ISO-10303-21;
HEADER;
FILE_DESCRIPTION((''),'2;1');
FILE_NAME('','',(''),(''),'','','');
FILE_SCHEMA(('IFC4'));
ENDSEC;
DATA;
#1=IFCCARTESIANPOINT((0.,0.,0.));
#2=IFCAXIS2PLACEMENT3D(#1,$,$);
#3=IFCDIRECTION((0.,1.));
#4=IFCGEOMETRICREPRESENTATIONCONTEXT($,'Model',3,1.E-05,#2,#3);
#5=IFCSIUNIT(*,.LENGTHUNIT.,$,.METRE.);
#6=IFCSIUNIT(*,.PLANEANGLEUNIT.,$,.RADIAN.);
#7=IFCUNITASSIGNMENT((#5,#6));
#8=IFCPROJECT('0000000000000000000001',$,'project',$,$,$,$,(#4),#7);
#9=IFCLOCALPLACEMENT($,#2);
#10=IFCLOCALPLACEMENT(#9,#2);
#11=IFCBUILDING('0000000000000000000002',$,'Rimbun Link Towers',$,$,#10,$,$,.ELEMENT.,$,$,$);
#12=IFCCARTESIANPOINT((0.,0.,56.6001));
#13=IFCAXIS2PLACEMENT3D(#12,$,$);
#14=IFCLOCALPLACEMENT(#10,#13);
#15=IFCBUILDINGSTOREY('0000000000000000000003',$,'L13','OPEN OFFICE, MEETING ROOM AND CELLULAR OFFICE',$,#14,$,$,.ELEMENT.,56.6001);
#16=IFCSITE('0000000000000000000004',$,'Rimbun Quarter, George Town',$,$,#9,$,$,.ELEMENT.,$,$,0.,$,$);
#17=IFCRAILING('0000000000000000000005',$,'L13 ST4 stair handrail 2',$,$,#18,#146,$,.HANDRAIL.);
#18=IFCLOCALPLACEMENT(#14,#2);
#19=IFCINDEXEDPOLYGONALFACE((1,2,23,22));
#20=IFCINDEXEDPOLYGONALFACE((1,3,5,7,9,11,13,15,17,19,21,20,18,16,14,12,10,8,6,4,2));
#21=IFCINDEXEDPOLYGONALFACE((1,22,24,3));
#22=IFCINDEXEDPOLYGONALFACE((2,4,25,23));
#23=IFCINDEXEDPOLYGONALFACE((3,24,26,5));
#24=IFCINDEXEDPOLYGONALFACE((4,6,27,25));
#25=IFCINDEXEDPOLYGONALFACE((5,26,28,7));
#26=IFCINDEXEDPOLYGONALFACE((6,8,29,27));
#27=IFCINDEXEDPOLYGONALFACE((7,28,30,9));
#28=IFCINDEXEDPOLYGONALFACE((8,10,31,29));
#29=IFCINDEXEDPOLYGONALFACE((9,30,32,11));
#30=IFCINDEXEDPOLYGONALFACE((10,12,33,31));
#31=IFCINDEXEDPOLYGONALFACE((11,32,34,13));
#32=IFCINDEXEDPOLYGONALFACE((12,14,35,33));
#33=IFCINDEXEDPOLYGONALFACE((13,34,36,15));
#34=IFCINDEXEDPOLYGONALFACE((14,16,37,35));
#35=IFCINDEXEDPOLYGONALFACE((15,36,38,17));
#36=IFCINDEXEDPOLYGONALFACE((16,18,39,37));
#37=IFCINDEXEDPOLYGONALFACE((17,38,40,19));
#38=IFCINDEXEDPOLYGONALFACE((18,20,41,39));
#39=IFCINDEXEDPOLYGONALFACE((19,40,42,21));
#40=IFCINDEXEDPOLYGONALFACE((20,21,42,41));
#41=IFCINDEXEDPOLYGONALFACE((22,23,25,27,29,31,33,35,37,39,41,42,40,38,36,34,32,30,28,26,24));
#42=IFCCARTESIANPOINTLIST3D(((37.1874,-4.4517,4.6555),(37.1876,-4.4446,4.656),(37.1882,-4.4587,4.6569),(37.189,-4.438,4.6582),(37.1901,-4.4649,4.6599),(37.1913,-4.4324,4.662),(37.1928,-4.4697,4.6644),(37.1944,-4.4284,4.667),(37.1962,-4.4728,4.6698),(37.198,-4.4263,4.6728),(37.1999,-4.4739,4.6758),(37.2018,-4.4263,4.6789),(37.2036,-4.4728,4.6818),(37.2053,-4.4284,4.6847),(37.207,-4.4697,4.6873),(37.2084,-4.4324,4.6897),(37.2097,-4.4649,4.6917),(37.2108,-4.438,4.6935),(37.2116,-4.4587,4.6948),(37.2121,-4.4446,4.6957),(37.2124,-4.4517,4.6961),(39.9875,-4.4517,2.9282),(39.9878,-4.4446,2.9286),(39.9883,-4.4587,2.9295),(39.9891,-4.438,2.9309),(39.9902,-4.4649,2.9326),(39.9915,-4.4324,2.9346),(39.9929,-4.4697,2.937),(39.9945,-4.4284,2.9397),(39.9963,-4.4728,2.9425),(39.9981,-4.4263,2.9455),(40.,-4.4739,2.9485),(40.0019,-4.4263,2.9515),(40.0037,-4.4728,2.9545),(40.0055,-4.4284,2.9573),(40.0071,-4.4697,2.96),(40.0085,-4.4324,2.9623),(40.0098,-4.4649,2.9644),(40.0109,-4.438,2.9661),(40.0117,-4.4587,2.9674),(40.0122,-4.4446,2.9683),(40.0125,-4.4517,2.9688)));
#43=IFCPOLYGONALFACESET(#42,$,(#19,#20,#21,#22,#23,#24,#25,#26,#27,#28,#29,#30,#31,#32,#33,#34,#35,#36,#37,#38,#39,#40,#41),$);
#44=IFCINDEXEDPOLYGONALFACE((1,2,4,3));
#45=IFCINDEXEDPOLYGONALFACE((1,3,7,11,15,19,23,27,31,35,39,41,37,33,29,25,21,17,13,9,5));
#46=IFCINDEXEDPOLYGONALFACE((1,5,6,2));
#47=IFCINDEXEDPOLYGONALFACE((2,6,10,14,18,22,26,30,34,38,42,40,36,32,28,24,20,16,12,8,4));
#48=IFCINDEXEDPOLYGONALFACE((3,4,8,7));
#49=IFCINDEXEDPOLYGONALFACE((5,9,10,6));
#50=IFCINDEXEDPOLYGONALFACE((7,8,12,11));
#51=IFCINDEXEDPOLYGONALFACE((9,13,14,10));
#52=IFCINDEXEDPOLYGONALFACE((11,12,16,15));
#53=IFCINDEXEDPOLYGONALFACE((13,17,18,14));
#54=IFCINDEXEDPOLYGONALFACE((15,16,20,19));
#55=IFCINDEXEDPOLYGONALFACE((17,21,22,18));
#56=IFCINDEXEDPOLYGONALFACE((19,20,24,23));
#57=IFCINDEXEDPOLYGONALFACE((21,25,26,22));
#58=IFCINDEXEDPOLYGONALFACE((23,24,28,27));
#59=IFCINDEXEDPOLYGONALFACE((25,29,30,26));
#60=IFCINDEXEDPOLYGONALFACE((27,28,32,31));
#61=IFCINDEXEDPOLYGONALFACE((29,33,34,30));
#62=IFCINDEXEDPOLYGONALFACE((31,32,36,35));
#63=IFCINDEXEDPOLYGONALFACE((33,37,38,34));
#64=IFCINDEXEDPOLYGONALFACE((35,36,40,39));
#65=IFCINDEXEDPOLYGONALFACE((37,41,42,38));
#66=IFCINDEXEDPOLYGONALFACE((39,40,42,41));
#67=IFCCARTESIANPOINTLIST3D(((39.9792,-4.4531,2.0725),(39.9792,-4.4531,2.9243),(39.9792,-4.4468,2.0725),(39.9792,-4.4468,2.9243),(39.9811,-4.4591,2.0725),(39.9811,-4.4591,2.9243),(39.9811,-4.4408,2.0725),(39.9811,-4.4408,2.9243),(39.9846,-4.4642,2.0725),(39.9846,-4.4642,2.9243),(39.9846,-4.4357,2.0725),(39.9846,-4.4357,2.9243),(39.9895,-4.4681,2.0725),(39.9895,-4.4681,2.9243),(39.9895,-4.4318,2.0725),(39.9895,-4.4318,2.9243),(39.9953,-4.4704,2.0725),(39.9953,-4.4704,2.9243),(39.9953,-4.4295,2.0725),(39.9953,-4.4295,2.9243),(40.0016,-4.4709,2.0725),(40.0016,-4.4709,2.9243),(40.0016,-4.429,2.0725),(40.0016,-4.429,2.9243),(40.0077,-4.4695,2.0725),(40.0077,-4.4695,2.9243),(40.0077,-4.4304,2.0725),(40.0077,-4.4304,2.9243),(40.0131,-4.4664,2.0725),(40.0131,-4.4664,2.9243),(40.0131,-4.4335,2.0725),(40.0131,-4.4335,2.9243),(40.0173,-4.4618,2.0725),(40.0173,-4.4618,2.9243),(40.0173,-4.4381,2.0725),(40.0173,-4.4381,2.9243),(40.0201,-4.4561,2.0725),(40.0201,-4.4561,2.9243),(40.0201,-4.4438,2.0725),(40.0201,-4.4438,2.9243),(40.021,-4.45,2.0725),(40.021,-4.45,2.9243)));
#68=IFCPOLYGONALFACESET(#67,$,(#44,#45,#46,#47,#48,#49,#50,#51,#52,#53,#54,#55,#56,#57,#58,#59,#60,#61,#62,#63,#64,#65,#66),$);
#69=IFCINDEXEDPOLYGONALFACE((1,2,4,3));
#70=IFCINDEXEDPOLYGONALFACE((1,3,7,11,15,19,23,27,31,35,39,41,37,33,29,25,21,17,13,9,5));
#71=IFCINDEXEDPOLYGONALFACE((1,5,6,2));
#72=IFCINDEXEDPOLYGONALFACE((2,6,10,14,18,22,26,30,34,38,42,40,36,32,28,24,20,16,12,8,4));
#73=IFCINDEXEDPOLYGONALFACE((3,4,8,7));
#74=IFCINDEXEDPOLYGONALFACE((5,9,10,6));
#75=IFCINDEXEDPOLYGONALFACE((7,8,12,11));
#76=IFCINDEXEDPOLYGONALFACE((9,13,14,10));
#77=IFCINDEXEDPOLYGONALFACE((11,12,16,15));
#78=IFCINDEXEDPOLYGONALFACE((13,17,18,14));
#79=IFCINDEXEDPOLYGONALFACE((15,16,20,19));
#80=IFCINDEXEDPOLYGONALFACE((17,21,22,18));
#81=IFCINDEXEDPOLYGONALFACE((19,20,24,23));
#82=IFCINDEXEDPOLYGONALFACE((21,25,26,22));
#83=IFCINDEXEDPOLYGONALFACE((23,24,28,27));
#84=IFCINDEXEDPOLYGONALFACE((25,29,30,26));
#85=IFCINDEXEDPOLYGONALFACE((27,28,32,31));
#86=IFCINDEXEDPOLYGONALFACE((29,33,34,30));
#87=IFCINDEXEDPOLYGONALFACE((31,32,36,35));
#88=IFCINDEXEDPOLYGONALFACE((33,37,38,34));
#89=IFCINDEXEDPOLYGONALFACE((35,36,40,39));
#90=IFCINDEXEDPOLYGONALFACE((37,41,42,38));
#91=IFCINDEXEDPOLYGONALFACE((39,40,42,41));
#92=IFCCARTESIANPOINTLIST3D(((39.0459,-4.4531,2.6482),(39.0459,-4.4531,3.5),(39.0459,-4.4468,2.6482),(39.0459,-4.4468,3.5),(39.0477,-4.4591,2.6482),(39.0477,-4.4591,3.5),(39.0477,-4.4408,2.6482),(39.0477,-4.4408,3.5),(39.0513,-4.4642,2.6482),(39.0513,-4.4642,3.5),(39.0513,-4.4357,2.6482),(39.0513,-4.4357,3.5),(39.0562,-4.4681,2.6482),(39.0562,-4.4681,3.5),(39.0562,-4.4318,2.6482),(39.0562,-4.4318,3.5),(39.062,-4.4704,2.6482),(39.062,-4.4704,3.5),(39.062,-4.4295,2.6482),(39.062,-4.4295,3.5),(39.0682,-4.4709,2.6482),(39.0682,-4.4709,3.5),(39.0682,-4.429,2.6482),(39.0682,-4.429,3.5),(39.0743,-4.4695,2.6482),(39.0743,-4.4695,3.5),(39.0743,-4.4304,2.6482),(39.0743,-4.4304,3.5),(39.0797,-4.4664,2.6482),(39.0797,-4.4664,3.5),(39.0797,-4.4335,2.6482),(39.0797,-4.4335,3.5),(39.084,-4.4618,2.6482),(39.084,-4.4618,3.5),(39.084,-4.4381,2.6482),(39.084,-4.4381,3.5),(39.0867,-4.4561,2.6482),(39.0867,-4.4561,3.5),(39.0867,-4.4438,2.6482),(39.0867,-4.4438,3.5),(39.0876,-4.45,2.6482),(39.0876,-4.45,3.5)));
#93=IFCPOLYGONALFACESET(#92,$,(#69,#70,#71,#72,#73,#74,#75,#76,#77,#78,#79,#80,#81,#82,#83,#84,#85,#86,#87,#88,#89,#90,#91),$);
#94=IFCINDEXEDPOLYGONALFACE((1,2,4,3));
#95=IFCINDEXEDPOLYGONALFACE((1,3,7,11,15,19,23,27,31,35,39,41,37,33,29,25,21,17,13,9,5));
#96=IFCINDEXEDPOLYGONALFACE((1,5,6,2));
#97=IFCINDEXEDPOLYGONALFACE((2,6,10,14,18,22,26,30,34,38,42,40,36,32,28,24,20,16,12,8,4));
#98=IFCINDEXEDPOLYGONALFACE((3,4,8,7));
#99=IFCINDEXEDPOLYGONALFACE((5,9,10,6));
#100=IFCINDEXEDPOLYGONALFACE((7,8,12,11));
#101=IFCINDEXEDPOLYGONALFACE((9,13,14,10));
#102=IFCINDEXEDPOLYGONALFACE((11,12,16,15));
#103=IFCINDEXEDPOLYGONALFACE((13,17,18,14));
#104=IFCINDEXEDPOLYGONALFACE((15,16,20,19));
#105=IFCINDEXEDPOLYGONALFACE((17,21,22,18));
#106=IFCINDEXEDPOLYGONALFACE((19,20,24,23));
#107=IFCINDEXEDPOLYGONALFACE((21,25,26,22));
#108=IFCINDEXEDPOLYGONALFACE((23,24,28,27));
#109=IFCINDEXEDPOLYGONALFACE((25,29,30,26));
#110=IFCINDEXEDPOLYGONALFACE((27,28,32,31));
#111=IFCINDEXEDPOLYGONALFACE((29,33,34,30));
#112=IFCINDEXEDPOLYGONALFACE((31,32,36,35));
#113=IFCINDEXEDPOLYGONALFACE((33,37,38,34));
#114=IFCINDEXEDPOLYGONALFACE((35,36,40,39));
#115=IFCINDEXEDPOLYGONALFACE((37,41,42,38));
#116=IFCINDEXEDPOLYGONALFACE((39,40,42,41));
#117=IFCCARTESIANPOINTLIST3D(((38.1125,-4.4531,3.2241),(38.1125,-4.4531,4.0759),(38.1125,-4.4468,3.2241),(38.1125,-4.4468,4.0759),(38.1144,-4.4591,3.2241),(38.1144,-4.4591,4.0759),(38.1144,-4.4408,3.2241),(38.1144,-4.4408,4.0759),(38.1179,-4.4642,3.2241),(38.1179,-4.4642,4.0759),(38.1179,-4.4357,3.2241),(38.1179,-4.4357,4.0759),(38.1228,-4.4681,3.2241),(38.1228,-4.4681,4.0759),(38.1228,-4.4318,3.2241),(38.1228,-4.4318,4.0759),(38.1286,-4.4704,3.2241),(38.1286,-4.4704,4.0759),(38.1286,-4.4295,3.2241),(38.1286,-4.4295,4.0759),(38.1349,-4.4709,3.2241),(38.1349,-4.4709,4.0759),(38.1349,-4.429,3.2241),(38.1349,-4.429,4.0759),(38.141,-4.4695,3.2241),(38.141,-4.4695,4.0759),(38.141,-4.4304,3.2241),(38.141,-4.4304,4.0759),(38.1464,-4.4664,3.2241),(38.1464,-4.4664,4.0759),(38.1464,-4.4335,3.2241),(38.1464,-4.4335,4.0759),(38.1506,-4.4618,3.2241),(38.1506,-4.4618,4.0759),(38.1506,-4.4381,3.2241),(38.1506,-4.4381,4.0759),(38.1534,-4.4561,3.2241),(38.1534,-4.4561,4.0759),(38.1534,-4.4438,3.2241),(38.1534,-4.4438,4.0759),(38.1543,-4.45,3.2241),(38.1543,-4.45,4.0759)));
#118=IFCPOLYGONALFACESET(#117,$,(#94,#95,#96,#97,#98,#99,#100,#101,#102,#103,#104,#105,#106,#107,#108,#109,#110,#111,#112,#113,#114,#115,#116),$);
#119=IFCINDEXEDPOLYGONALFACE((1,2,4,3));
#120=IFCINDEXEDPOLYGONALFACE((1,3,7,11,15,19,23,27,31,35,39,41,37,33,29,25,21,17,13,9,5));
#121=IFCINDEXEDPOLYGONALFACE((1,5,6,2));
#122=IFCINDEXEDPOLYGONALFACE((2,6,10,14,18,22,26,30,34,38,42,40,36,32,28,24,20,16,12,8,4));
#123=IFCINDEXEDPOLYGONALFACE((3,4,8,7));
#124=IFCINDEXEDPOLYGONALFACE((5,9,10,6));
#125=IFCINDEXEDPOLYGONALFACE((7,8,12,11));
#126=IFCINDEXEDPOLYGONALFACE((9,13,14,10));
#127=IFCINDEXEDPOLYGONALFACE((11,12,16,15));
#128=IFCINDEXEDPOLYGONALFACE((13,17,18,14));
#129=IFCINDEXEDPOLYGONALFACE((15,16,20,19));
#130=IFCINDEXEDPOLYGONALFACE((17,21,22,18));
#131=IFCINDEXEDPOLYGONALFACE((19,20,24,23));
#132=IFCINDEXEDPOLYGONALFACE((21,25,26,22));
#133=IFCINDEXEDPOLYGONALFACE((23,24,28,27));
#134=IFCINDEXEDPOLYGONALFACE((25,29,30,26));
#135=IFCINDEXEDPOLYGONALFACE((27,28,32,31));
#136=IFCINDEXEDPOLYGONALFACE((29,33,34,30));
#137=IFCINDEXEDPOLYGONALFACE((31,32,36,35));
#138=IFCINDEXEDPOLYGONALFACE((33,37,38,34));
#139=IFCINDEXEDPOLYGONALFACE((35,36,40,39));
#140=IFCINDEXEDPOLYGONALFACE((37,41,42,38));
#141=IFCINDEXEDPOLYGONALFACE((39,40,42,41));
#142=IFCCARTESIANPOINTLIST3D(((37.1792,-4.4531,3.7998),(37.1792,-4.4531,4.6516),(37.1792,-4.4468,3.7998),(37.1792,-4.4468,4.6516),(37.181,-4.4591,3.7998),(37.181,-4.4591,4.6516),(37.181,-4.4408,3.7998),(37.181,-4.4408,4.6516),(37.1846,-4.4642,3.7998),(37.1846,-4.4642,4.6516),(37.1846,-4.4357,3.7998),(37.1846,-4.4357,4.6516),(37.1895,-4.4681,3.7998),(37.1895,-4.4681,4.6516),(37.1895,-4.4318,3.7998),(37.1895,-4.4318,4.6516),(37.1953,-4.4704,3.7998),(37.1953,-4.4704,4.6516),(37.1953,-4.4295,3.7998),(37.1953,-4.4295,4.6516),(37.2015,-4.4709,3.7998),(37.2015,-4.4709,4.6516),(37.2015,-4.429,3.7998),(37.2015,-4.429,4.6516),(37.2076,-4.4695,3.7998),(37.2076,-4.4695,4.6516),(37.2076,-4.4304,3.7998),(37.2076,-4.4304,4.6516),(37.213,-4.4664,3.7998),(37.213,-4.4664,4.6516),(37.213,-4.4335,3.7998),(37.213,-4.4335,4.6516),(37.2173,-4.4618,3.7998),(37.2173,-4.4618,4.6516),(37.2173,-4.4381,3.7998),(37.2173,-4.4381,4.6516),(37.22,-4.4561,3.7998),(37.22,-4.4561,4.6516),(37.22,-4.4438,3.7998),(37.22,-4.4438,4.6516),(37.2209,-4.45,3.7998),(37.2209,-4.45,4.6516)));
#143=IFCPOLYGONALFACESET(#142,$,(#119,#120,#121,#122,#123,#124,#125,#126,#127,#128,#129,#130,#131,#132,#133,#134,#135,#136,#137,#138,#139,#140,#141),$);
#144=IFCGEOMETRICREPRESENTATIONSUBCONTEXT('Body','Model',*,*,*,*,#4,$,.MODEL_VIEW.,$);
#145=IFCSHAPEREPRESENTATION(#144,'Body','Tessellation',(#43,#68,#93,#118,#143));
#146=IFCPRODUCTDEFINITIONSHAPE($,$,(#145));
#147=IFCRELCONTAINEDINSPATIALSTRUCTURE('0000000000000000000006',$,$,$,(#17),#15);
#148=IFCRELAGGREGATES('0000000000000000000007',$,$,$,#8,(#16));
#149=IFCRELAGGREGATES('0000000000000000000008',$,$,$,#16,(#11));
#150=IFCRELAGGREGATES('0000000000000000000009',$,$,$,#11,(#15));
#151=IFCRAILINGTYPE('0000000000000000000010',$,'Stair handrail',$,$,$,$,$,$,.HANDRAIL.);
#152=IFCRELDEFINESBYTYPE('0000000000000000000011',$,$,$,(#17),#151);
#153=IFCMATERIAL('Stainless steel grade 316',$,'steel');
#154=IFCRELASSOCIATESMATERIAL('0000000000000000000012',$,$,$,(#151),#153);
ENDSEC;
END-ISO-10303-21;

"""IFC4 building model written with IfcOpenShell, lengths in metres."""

from ifc_helpers import new_model, si_unit, direction, frame, origin, origin_2d, place, context, subcontext, project, spatial, circle, extrude, material, type_object, element, save


model = new_model("IFC4")

# Units and contexts
model_context = context("Model", 3, precision=1e-05, world=origin(), true_north=direction((0.0, 1.0)))
body_context = subcontext(model_context, "Body", "Model", "MODEL_VIEW")
ifc_project = project(units=[si_unit("LENGTHUNIT", "METRE"), si_unit("PLANEANGLEUNIT", "RADIAN")], contexts=[model_context])

# Site, building, storey
site_placement = place(None, origin())
site = spatial("IfcSite", under=ifc_project, at=site_placement, Name="Rimbun Quarter, George Town", CompositionType="ELEMENT", RefElevation=0.0)
building_placement = place(site_placement, origin())
building = spatial("IfcBuilding", under=site, at=building_placement, Name="Rimbun Link Towers", CompositionType="ELEMENT")
storey_placement = place(building_placement, frame((0.0, 0.0, 56.6001)))
storey = spatial("IfcBuildingStorey", under=building, at=storey_placement, Name="L13", Description="OPEN OFFICE, MEETING ROOM AND CELLULAR OFFICE", CompositionType="ELEMENT", Elevation=56.6001)

# Railing
ifc_material_1 = material(Name="Stainless steel grade 316", Category="steel")
railing_type_1 = type_object("IfcRailingType", Name="Stair handrail", PredefinedType="HANDRAIL", material=ifc_material_1)
railing_1_placement = place(storey_placement, frame((40.0, -4.45, 2.0725)))
element("IfcRailing", 1, at=railing_1_placement, inside=storey, type_object=railing_type_1, Name="L13 ST4 stair handrail 2", PredefinedType="HANDRAIL", context=body_context, shape_type="SweptSolid", body=[
    extrude(circle(Radius=0.0239, at=origin_2d()), frame((0.0, 0.0, 0.876), z_axis=(-0.85109, 0.0, 0.52502), x_axis=(0.0, -1.0, 0.0)), (0.0, 0.0, 1.0), 3.29),
    extrude(circle(Radius=0.021, at=origin_2d()), origin(), (0.0, 0.0, 1.0), 0.8518),
    extrude(circle(Radius=0.021, at=origin_2d()), frame((-0.9333, 0.0, 0.5757)), (0.0, 0.0, 1.0), 0.8518),
    extrude(circle(Radius=0.021, at=origin_2d()), frame((-1.8667, 0.0, 1.1516)), (0.0, 0.0, 1.0), 0.8518),
    extrude(circle(Radius=0.021, at=origin_2d()), frame((-2.8, 0.0, 1.7273)), (0.0, 0.0, 1.0), 0.8518),
])

save(model, "model.ifc")
